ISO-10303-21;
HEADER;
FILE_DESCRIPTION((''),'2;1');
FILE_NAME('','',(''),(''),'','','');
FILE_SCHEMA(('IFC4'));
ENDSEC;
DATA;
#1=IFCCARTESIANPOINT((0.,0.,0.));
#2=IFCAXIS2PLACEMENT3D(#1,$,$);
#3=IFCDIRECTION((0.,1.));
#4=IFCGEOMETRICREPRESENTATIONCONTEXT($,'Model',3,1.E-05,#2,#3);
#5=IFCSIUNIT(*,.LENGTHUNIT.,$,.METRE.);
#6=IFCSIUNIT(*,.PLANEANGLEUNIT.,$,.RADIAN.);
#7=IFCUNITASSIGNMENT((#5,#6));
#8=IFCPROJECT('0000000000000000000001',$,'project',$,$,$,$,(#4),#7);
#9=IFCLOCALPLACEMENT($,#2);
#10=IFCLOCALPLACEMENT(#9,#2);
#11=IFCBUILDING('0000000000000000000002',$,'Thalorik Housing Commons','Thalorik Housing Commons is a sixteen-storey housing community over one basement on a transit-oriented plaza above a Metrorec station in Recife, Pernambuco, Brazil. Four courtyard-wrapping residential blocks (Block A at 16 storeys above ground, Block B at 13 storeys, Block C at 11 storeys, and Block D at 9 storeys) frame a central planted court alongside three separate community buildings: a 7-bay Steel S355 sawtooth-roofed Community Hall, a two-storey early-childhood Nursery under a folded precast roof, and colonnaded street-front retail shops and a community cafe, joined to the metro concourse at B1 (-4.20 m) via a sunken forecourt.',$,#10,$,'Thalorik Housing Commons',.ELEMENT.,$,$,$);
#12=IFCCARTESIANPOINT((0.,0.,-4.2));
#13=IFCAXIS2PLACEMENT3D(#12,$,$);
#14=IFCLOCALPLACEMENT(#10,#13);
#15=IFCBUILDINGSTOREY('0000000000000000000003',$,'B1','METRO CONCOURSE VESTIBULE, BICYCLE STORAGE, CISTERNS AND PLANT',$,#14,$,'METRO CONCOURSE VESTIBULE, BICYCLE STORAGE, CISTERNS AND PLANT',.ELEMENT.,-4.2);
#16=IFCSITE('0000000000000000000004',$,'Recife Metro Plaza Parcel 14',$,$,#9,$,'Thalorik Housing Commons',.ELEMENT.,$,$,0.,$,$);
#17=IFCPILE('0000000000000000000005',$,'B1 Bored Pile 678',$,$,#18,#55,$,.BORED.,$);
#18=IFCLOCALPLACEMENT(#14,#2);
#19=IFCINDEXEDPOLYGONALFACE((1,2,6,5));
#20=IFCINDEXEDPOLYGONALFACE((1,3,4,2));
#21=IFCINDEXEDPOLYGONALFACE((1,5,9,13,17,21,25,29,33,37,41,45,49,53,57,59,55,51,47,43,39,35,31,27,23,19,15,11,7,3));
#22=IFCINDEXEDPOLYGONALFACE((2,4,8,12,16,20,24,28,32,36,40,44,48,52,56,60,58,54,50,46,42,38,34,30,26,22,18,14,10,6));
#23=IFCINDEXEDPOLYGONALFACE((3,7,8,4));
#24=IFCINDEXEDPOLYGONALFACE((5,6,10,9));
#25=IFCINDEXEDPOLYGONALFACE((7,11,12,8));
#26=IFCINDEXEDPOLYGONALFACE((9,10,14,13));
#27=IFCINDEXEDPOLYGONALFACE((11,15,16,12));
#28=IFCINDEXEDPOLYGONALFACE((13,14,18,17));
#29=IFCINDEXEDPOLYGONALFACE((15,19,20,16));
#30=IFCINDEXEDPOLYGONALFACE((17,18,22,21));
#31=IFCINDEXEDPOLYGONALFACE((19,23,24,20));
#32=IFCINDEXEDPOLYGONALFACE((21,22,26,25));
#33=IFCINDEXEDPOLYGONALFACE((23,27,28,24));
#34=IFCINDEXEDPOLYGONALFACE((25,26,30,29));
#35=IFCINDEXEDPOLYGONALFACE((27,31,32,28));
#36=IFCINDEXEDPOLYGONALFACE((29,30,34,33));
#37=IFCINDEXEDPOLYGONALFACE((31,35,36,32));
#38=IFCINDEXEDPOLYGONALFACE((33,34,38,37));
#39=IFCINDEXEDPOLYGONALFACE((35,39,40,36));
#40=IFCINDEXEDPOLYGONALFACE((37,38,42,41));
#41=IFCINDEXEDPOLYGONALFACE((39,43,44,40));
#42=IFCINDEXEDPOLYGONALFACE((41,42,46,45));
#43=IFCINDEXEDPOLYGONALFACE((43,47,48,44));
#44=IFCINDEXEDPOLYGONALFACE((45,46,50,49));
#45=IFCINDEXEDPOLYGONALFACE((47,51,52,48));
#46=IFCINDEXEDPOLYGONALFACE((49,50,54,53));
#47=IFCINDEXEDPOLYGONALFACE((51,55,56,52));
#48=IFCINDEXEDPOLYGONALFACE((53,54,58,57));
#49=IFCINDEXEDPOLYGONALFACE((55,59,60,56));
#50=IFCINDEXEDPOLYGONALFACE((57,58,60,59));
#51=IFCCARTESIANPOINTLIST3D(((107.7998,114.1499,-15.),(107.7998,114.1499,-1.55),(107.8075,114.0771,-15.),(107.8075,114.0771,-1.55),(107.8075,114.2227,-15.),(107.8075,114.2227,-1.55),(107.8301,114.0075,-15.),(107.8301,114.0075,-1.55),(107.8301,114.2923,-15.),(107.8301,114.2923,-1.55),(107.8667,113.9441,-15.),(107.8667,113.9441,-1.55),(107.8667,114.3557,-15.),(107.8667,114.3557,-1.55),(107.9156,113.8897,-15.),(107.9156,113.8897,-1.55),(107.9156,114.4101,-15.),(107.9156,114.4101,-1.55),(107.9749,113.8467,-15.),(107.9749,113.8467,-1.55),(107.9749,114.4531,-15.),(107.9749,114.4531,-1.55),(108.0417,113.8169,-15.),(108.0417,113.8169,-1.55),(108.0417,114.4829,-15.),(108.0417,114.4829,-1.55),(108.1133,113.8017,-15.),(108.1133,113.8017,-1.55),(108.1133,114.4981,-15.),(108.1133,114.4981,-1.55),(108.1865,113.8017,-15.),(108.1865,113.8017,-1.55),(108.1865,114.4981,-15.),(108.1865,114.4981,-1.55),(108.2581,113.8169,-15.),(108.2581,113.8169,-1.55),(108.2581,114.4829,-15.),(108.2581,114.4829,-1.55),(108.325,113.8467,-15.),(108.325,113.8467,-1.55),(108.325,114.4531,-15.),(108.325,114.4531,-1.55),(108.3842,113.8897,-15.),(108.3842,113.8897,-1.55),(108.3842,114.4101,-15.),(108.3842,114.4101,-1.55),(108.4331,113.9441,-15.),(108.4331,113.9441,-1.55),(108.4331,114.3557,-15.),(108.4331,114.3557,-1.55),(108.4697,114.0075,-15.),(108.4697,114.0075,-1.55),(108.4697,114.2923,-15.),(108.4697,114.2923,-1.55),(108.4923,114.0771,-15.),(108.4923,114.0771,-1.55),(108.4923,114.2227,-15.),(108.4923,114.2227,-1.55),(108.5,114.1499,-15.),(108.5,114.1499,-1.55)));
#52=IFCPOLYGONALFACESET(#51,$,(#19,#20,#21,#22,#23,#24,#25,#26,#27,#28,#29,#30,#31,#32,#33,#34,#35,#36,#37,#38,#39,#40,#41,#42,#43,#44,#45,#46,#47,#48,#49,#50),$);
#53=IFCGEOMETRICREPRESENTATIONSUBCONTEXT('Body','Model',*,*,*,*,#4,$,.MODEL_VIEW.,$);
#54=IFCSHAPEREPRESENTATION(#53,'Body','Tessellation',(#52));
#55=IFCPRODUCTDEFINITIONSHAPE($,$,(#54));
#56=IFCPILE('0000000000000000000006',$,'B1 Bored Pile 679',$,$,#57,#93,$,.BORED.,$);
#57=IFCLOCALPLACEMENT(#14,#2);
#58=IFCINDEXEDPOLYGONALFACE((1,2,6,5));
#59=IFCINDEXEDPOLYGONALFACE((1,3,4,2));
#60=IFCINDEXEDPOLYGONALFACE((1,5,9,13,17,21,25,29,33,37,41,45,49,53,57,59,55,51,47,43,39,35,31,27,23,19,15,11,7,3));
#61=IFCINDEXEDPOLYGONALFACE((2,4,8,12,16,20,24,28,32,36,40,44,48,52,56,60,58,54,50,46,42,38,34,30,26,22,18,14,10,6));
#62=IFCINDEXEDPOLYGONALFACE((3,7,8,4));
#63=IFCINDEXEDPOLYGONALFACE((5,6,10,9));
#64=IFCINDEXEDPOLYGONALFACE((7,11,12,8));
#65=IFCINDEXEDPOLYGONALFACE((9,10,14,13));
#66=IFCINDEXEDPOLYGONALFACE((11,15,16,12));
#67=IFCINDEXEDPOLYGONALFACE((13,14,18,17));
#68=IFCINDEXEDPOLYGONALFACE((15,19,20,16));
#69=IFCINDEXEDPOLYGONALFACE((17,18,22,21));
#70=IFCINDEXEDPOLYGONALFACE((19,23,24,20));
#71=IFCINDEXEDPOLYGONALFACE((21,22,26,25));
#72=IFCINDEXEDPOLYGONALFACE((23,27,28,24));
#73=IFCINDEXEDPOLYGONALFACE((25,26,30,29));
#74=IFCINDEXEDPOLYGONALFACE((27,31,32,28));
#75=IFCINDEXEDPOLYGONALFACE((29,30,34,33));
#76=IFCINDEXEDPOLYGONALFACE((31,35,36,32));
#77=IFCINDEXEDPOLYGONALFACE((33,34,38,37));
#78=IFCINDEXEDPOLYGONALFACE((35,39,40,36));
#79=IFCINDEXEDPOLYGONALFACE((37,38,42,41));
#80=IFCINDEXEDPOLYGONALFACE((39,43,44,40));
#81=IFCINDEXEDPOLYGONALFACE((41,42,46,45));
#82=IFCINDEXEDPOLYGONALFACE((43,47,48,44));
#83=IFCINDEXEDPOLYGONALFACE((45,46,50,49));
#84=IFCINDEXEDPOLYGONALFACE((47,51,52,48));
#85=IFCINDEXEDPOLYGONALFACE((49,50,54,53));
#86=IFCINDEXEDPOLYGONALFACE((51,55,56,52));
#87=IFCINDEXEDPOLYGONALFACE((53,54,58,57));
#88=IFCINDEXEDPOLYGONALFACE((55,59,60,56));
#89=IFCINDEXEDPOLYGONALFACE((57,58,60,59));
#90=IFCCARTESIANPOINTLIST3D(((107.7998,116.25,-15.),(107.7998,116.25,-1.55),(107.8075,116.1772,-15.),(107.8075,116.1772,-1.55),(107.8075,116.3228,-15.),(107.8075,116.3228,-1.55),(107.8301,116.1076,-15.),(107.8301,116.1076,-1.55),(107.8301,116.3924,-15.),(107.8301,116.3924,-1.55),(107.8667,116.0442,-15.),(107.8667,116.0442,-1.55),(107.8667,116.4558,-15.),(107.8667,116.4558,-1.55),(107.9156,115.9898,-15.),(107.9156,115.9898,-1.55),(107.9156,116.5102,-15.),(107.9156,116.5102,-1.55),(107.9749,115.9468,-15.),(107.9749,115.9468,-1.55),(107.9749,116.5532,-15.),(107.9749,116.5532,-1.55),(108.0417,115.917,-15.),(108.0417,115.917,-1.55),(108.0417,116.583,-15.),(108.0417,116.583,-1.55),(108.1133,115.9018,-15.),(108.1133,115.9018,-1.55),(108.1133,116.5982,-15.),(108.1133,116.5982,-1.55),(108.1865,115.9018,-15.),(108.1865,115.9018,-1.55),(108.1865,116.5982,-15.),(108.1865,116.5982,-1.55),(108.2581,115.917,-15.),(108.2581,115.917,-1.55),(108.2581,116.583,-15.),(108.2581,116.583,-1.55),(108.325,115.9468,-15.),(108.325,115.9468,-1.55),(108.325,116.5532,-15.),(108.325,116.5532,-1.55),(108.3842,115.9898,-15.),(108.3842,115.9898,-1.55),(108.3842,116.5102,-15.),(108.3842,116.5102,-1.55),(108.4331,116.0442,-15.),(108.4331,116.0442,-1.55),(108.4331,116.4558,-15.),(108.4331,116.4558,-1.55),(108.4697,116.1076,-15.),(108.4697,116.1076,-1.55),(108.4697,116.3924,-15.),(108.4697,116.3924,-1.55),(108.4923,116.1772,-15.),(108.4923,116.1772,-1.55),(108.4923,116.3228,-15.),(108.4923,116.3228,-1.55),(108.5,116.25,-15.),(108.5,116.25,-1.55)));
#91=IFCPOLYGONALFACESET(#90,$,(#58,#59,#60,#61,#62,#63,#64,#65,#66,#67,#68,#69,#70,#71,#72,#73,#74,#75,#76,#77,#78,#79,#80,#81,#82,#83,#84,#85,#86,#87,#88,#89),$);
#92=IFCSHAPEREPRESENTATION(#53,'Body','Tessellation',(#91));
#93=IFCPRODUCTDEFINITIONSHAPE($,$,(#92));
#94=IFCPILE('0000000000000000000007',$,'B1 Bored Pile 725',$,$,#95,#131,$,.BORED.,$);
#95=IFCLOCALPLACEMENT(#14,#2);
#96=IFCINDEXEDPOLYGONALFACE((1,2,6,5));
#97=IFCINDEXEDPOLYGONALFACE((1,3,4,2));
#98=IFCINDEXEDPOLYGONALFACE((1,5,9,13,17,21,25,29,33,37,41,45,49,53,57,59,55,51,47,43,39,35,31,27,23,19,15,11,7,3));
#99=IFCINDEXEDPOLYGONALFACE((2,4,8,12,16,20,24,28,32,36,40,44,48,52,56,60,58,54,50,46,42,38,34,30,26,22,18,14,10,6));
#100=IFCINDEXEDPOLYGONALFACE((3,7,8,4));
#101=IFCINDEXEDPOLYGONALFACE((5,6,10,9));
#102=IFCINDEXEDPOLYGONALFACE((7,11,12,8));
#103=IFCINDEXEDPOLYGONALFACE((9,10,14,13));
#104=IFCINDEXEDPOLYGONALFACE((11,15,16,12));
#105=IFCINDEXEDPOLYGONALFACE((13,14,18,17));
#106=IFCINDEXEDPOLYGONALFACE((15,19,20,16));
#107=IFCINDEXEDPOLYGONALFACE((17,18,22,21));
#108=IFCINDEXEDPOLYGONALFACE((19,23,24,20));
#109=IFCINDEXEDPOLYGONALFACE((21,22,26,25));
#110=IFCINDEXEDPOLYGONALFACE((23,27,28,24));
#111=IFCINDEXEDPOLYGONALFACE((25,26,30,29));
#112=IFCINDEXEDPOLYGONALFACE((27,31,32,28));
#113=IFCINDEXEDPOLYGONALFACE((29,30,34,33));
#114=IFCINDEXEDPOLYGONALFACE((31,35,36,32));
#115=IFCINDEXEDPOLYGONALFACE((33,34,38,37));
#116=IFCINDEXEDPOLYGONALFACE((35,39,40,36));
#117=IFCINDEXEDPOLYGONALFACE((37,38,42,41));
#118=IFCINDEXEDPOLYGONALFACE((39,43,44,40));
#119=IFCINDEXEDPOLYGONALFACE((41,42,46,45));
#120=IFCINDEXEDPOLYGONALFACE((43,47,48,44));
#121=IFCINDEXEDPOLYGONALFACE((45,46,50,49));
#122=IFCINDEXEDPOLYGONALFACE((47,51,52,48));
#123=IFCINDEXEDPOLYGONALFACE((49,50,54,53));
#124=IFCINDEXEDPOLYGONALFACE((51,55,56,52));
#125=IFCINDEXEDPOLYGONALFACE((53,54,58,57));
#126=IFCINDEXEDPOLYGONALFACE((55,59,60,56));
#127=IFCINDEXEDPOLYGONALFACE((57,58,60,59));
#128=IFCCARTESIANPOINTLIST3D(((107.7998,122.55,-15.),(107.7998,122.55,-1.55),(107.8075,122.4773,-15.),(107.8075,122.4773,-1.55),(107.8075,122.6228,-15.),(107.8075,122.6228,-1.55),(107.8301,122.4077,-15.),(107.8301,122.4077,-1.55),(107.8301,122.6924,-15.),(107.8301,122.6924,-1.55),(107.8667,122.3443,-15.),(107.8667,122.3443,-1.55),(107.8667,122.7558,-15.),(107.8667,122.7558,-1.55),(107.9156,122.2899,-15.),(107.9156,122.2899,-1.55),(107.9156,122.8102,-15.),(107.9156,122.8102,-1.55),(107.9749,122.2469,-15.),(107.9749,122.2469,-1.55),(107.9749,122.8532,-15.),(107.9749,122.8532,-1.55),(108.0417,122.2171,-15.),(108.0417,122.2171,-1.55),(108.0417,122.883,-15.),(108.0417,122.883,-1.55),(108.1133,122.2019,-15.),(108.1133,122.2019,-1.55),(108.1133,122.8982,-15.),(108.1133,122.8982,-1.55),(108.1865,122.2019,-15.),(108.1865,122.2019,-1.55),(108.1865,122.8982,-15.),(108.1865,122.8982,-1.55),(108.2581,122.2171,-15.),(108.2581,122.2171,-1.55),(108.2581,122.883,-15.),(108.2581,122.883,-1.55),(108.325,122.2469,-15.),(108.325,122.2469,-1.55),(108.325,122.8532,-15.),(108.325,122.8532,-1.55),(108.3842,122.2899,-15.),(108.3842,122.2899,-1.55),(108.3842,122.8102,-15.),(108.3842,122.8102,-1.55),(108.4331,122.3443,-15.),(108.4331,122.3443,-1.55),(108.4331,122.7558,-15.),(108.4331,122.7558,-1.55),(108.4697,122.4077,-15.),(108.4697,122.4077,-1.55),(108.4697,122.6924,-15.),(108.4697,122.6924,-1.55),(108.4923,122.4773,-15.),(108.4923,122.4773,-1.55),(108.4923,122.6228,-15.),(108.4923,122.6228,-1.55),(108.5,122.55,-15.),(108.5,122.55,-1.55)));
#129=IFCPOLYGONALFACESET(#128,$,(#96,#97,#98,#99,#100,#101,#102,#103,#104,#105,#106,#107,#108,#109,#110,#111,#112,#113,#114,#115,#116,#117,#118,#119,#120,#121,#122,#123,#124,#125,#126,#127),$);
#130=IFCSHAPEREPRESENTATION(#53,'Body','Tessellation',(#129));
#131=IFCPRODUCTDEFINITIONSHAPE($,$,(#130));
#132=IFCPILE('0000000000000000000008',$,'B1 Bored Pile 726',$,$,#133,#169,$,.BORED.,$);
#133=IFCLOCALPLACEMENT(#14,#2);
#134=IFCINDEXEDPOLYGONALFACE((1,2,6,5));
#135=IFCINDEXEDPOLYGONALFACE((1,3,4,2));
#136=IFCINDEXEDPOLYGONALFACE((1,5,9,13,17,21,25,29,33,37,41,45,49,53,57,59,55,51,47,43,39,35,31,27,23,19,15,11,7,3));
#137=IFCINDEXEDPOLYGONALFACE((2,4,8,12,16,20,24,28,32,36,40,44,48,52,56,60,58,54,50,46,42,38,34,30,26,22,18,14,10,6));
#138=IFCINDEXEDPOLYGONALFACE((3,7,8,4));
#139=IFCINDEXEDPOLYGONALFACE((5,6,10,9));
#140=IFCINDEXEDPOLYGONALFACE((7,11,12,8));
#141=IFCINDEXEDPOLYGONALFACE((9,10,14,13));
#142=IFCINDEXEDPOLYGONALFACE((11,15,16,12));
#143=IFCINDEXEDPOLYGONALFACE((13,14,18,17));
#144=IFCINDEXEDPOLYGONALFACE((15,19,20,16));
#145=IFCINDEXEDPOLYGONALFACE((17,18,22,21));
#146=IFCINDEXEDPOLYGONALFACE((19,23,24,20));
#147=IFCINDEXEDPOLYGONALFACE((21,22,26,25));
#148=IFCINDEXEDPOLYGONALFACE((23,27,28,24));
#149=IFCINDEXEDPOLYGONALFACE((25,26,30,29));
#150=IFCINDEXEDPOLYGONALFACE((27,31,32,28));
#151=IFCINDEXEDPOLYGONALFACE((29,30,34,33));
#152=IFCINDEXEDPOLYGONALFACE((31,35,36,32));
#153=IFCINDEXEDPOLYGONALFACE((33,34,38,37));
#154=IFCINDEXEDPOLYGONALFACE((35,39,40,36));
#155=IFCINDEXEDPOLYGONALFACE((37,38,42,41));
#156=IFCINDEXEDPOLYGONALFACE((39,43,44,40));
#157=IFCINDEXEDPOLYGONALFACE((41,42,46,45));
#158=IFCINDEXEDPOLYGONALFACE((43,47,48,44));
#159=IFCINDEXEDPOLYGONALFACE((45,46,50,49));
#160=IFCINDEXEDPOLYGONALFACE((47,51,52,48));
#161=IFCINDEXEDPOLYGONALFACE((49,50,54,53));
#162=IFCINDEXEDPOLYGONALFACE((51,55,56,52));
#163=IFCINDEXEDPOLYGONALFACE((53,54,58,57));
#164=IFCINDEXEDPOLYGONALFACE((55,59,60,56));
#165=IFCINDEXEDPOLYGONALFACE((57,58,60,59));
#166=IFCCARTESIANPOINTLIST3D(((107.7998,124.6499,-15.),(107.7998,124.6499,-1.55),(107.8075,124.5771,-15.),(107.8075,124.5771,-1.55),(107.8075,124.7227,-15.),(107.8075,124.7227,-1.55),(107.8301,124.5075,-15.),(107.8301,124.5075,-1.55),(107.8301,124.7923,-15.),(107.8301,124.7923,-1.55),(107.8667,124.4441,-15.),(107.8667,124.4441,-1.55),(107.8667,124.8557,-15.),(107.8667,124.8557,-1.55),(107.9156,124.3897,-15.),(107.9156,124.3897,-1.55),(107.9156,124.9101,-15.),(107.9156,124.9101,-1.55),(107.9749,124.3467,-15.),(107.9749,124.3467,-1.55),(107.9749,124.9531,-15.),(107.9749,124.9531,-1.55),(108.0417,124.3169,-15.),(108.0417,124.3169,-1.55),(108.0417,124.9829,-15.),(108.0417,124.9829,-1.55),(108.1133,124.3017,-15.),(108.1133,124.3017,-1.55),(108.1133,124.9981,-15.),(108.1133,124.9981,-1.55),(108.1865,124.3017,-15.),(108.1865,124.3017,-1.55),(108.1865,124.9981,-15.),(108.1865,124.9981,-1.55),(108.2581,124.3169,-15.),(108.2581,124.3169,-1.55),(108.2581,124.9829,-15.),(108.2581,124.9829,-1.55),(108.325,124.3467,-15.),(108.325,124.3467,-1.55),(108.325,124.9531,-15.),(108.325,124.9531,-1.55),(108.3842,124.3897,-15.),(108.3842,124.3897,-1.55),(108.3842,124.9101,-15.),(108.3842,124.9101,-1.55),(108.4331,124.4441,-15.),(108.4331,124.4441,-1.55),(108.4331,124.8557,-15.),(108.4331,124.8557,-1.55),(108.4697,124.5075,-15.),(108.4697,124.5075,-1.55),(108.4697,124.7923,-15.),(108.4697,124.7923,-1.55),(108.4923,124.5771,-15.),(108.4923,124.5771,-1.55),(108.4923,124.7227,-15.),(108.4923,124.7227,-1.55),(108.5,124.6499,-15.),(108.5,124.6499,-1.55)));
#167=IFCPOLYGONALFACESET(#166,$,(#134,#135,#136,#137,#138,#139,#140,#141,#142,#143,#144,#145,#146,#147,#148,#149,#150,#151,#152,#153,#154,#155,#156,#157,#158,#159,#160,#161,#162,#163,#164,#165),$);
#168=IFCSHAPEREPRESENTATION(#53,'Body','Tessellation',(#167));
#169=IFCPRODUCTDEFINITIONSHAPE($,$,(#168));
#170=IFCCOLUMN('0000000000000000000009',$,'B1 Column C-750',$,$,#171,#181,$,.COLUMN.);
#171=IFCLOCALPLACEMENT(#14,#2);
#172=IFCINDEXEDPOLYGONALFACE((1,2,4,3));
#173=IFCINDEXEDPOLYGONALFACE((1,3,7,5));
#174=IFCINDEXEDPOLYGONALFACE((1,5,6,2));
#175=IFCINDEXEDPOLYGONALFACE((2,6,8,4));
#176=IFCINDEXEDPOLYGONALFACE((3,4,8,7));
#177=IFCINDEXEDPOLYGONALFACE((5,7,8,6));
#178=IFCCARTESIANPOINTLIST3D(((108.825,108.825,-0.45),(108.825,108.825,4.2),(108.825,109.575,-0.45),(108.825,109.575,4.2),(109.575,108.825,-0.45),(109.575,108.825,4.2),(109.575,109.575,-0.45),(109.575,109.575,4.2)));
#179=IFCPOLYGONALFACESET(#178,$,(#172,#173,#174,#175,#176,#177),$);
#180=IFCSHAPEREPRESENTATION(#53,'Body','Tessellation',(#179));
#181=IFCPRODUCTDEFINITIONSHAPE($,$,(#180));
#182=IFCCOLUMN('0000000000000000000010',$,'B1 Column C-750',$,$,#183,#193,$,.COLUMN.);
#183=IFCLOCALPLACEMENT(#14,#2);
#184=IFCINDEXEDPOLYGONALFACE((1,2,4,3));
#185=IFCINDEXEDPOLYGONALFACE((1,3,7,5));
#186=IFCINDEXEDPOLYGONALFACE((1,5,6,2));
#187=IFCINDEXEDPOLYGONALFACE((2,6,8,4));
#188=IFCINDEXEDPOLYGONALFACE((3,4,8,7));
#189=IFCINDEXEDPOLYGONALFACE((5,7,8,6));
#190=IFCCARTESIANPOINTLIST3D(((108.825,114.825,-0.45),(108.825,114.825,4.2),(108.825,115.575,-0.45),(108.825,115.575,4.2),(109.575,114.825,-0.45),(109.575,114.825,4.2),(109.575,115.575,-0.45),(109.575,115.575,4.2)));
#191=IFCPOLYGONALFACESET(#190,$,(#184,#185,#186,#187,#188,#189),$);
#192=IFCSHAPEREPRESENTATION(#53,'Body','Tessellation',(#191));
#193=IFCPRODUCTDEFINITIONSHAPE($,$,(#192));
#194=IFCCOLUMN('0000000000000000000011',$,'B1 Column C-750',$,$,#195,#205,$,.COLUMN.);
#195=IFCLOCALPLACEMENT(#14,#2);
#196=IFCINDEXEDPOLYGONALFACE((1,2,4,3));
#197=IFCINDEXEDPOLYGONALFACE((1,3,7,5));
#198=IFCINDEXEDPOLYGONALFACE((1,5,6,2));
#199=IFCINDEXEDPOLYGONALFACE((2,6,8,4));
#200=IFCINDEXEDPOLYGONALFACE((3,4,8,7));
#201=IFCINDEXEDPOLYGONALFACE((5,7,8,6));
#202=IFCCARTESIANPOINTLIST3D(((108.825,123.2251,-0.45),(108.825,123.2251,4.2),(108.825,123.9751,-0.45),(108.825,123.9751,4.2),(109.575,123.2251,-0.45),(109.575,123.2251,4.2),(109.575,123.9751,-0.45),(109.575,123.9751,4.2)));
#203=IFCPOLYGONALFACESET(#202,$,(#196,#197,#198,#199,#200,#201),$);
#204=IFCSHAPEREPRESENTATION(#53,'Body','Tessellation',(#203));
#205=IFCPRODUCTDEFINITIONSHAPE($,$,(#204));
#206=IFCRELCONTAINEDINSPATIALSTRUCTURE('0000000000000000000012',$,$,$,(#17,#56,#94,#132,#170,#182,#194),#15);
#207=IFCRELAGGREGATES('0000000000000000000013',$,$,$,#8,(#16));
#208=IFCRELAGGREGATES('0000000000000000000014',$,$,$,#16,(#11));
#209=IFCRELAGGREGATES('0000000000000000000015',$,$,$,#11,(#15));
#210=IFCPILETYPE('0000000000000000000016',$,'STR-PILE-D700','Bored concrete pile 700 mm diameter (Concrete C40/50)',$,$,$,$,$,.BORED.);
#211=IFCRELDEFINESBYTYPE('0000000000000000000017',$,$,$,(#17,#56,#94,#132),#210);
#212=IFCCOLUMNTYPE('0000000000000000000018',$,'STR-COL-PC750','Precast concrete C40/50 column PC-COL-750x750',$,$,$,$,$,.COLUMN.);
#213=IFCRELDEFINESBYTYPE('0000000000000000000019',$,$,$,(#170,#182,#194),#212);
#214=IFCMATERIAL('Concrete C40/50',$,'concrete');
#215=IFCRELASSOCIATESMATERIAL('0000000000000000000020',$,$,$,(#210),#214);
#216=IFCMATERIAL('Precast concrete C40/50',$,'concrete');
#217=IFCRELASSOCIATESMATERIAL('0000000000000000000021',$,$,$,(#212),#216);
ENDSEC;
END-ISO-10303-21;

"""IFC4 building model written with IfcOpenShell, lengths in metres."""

from ifc_helpers import new_model, si_unit, direction, frame, origin, origin_2d, place, context, subcontext, project, spatial, rectangle, circle, extrude, material, material_profile, profile_set, type_object, element, save


model = new_model("IFC4")

# Units and contexts
model_context = context("Model", 3, precision=1e-05, world=origin(), true_north=direction((0.0, 1.0)))
body_context = subcontext(model_context, "Body", "Model", "MODEL_VIEW")
ifc_project = project(units=[si_unit("LENGTHUNIT", "METRE"), si_unit("PLANEANGLEUNIT", "RADIAN")], contexts=[model_context])

# Site, building, storey
site_placement = place(None, origin())
site = spatial("IfcSite", under=ifc_project, at=site_placement, Name="Recife Metro Plaza Parcel 14", LongName="Thalorik Housing Commons", CompositionType="ELEMENT", RefElevation=0.0)
building_placement = place(site_placement, origin())
building = spatial("IfcBuilding", under=site, at=building_placement, Name="Thalorik Housing Commons", Description="Thalorik Housing Commons is a sixteen-storey housing community over one basement on a transit-oriented plaza above a Metrorec station in Recife, Pernambuco, Brazil. Four courtyard-wrapping residential blocks (Block A at 16 storeys above ground, Block B at 13 storeys, Block C at 11 storeys, and Block D at 9 storeys) frame a central planted court alongside three separate community buildings: a 7-bay Steel S355 sawtooth-roofed Community Hall, a two-storey early-childhood Nursery under a folded precast roof, and colonnaded street-front retail shops and a community cafe, joined to the metro concourse at B1 (-4.20 m) via a sunken forecourt.", LongName="Thalorik Housing Commons", CompositionType="ELEMENT")
storey_placement = place(building_placement, frame((0.0, 0.0, -4.2)))
storey = spatial("IfcBuildingStorey", under=building, at=storey_placement, Name="B1", Description="METRO CONCOURSE VESTIBULE, BICYCLE STORAGE, CISTERNS AND PLANT", LongName="METRO CONCOURSE VESTIBULE, BICYCLE STORAGE, CISTERNS AND PLANT", CompositionType="ELEMENT", Elevation=-4.2)

# Shared definitions
ifc_material_1 = material(Name="Concrete C40/50", Category="concrete")

# Piles
ifc_material_profile_1 = material_profile(ifc_material_1, circle(Radius=0.3501, at=origin_2d()), Name="BORED PILE D700", Category="concrete")
ifc_profile_set_1 = profile_set([ifc_material_profile_1], Name="Concrete C40/50")
pile_type = type_object("IfcPileType", Name="STR-PILE-D700", Description="Bored concrete pile 700 mm diameter (Concrete C40/50)", PredefinedType="BORED", material=ifc_profile_set_1)
for number, where, z_axis, x_axis, name in (
    (1, (108.1499, 114.1499, -1.55), (0.0, 0.0, -1.0), (1.0, 0.0, 0.0), "B1 Bored Pile 678"),
    (2, (108.1499, 116.25, -1.55), (0.0, 0.0, -1.0), (1.0, 0.0, 0.0), "B1 Bored Pile 679"),
    (3, (108.1499, 122.55, -1.55), (0.0, 0.0, -1.0), (1.0, 0.0, 0.0), "B1 Bored Pile 725"),
    (4, (108.1499, 124.6499, -1.55), (0.0, 0.0, -1.0), (1.0, 0.0, 0.0), "B1 Bored Pile 726"),
):
    element("IfcPile", number, at=place(storey_placement, frame(where, z_axis=z_axis, x_axis=x_axis)), inside=storey, type_object=pile_type, Name=name, PredefinedType="BORED", context=body_context, shape_type="SweptSolid", body=[
        extrude(circle(Radius=0.3501, at=origin_2d()), origin(), (0.0, 0.0, 1.0), 13.45),
    ])

# Columns
ifc_material_2 = material(Name="Precast concrete C40/50", Category="concrete")
ifc_material_profile_2 = material_profile(ifc_material_2, rectangle(XDim=0.75, YDim=0.75, at=origin_2d()), Name="PC 750x750", Category="concrete")
ifc_profile_set_2 = profile_set([ifc_material_profile_2], Name="Precast concrete C40/50")
column_type = type_object("IfcColumnType", Name="STR-COL-PC750", Description="Precast concrete C40/50 column PC-COL-750x750", PredefinedType="COLUMN", material=ifc_profile_set_2)
for number, where, z_axis, x_axis, name in (
    (5, (109.2, 109.2, -0.45), (0.0, 0.0, 1.0), (1.0, 0.0, 0.0), "B1 Column C-750"),
    (6, (109.2, 115.2, -0.45), (0.0, 0.0, 1.0), (1.0, 0.0, 0.0), "B1 Column C-750"),
    (7, (109.2, 123.6001, -0.45), (0.0, 0.0, 1.0), (1.0, 0.0, 0.0), "B1 Column C-750"),
):
    element("IfcColumn", number, at=place(storey_placement, frame(where, z_axis=z_axis, x_axis=x_axis)), inside=storey, type_object=column_type, Name=name, PredefinedType="COLUMN", context=body_context, shape_type="SweptSolid", body=[
        extrude(rectangle(XDim=0.75, YDim=0.75, at=origin_2d()), origin(), (0.0, 0.0, 1.0), 4.6499),
    ])

save(model, "model.ifc")
